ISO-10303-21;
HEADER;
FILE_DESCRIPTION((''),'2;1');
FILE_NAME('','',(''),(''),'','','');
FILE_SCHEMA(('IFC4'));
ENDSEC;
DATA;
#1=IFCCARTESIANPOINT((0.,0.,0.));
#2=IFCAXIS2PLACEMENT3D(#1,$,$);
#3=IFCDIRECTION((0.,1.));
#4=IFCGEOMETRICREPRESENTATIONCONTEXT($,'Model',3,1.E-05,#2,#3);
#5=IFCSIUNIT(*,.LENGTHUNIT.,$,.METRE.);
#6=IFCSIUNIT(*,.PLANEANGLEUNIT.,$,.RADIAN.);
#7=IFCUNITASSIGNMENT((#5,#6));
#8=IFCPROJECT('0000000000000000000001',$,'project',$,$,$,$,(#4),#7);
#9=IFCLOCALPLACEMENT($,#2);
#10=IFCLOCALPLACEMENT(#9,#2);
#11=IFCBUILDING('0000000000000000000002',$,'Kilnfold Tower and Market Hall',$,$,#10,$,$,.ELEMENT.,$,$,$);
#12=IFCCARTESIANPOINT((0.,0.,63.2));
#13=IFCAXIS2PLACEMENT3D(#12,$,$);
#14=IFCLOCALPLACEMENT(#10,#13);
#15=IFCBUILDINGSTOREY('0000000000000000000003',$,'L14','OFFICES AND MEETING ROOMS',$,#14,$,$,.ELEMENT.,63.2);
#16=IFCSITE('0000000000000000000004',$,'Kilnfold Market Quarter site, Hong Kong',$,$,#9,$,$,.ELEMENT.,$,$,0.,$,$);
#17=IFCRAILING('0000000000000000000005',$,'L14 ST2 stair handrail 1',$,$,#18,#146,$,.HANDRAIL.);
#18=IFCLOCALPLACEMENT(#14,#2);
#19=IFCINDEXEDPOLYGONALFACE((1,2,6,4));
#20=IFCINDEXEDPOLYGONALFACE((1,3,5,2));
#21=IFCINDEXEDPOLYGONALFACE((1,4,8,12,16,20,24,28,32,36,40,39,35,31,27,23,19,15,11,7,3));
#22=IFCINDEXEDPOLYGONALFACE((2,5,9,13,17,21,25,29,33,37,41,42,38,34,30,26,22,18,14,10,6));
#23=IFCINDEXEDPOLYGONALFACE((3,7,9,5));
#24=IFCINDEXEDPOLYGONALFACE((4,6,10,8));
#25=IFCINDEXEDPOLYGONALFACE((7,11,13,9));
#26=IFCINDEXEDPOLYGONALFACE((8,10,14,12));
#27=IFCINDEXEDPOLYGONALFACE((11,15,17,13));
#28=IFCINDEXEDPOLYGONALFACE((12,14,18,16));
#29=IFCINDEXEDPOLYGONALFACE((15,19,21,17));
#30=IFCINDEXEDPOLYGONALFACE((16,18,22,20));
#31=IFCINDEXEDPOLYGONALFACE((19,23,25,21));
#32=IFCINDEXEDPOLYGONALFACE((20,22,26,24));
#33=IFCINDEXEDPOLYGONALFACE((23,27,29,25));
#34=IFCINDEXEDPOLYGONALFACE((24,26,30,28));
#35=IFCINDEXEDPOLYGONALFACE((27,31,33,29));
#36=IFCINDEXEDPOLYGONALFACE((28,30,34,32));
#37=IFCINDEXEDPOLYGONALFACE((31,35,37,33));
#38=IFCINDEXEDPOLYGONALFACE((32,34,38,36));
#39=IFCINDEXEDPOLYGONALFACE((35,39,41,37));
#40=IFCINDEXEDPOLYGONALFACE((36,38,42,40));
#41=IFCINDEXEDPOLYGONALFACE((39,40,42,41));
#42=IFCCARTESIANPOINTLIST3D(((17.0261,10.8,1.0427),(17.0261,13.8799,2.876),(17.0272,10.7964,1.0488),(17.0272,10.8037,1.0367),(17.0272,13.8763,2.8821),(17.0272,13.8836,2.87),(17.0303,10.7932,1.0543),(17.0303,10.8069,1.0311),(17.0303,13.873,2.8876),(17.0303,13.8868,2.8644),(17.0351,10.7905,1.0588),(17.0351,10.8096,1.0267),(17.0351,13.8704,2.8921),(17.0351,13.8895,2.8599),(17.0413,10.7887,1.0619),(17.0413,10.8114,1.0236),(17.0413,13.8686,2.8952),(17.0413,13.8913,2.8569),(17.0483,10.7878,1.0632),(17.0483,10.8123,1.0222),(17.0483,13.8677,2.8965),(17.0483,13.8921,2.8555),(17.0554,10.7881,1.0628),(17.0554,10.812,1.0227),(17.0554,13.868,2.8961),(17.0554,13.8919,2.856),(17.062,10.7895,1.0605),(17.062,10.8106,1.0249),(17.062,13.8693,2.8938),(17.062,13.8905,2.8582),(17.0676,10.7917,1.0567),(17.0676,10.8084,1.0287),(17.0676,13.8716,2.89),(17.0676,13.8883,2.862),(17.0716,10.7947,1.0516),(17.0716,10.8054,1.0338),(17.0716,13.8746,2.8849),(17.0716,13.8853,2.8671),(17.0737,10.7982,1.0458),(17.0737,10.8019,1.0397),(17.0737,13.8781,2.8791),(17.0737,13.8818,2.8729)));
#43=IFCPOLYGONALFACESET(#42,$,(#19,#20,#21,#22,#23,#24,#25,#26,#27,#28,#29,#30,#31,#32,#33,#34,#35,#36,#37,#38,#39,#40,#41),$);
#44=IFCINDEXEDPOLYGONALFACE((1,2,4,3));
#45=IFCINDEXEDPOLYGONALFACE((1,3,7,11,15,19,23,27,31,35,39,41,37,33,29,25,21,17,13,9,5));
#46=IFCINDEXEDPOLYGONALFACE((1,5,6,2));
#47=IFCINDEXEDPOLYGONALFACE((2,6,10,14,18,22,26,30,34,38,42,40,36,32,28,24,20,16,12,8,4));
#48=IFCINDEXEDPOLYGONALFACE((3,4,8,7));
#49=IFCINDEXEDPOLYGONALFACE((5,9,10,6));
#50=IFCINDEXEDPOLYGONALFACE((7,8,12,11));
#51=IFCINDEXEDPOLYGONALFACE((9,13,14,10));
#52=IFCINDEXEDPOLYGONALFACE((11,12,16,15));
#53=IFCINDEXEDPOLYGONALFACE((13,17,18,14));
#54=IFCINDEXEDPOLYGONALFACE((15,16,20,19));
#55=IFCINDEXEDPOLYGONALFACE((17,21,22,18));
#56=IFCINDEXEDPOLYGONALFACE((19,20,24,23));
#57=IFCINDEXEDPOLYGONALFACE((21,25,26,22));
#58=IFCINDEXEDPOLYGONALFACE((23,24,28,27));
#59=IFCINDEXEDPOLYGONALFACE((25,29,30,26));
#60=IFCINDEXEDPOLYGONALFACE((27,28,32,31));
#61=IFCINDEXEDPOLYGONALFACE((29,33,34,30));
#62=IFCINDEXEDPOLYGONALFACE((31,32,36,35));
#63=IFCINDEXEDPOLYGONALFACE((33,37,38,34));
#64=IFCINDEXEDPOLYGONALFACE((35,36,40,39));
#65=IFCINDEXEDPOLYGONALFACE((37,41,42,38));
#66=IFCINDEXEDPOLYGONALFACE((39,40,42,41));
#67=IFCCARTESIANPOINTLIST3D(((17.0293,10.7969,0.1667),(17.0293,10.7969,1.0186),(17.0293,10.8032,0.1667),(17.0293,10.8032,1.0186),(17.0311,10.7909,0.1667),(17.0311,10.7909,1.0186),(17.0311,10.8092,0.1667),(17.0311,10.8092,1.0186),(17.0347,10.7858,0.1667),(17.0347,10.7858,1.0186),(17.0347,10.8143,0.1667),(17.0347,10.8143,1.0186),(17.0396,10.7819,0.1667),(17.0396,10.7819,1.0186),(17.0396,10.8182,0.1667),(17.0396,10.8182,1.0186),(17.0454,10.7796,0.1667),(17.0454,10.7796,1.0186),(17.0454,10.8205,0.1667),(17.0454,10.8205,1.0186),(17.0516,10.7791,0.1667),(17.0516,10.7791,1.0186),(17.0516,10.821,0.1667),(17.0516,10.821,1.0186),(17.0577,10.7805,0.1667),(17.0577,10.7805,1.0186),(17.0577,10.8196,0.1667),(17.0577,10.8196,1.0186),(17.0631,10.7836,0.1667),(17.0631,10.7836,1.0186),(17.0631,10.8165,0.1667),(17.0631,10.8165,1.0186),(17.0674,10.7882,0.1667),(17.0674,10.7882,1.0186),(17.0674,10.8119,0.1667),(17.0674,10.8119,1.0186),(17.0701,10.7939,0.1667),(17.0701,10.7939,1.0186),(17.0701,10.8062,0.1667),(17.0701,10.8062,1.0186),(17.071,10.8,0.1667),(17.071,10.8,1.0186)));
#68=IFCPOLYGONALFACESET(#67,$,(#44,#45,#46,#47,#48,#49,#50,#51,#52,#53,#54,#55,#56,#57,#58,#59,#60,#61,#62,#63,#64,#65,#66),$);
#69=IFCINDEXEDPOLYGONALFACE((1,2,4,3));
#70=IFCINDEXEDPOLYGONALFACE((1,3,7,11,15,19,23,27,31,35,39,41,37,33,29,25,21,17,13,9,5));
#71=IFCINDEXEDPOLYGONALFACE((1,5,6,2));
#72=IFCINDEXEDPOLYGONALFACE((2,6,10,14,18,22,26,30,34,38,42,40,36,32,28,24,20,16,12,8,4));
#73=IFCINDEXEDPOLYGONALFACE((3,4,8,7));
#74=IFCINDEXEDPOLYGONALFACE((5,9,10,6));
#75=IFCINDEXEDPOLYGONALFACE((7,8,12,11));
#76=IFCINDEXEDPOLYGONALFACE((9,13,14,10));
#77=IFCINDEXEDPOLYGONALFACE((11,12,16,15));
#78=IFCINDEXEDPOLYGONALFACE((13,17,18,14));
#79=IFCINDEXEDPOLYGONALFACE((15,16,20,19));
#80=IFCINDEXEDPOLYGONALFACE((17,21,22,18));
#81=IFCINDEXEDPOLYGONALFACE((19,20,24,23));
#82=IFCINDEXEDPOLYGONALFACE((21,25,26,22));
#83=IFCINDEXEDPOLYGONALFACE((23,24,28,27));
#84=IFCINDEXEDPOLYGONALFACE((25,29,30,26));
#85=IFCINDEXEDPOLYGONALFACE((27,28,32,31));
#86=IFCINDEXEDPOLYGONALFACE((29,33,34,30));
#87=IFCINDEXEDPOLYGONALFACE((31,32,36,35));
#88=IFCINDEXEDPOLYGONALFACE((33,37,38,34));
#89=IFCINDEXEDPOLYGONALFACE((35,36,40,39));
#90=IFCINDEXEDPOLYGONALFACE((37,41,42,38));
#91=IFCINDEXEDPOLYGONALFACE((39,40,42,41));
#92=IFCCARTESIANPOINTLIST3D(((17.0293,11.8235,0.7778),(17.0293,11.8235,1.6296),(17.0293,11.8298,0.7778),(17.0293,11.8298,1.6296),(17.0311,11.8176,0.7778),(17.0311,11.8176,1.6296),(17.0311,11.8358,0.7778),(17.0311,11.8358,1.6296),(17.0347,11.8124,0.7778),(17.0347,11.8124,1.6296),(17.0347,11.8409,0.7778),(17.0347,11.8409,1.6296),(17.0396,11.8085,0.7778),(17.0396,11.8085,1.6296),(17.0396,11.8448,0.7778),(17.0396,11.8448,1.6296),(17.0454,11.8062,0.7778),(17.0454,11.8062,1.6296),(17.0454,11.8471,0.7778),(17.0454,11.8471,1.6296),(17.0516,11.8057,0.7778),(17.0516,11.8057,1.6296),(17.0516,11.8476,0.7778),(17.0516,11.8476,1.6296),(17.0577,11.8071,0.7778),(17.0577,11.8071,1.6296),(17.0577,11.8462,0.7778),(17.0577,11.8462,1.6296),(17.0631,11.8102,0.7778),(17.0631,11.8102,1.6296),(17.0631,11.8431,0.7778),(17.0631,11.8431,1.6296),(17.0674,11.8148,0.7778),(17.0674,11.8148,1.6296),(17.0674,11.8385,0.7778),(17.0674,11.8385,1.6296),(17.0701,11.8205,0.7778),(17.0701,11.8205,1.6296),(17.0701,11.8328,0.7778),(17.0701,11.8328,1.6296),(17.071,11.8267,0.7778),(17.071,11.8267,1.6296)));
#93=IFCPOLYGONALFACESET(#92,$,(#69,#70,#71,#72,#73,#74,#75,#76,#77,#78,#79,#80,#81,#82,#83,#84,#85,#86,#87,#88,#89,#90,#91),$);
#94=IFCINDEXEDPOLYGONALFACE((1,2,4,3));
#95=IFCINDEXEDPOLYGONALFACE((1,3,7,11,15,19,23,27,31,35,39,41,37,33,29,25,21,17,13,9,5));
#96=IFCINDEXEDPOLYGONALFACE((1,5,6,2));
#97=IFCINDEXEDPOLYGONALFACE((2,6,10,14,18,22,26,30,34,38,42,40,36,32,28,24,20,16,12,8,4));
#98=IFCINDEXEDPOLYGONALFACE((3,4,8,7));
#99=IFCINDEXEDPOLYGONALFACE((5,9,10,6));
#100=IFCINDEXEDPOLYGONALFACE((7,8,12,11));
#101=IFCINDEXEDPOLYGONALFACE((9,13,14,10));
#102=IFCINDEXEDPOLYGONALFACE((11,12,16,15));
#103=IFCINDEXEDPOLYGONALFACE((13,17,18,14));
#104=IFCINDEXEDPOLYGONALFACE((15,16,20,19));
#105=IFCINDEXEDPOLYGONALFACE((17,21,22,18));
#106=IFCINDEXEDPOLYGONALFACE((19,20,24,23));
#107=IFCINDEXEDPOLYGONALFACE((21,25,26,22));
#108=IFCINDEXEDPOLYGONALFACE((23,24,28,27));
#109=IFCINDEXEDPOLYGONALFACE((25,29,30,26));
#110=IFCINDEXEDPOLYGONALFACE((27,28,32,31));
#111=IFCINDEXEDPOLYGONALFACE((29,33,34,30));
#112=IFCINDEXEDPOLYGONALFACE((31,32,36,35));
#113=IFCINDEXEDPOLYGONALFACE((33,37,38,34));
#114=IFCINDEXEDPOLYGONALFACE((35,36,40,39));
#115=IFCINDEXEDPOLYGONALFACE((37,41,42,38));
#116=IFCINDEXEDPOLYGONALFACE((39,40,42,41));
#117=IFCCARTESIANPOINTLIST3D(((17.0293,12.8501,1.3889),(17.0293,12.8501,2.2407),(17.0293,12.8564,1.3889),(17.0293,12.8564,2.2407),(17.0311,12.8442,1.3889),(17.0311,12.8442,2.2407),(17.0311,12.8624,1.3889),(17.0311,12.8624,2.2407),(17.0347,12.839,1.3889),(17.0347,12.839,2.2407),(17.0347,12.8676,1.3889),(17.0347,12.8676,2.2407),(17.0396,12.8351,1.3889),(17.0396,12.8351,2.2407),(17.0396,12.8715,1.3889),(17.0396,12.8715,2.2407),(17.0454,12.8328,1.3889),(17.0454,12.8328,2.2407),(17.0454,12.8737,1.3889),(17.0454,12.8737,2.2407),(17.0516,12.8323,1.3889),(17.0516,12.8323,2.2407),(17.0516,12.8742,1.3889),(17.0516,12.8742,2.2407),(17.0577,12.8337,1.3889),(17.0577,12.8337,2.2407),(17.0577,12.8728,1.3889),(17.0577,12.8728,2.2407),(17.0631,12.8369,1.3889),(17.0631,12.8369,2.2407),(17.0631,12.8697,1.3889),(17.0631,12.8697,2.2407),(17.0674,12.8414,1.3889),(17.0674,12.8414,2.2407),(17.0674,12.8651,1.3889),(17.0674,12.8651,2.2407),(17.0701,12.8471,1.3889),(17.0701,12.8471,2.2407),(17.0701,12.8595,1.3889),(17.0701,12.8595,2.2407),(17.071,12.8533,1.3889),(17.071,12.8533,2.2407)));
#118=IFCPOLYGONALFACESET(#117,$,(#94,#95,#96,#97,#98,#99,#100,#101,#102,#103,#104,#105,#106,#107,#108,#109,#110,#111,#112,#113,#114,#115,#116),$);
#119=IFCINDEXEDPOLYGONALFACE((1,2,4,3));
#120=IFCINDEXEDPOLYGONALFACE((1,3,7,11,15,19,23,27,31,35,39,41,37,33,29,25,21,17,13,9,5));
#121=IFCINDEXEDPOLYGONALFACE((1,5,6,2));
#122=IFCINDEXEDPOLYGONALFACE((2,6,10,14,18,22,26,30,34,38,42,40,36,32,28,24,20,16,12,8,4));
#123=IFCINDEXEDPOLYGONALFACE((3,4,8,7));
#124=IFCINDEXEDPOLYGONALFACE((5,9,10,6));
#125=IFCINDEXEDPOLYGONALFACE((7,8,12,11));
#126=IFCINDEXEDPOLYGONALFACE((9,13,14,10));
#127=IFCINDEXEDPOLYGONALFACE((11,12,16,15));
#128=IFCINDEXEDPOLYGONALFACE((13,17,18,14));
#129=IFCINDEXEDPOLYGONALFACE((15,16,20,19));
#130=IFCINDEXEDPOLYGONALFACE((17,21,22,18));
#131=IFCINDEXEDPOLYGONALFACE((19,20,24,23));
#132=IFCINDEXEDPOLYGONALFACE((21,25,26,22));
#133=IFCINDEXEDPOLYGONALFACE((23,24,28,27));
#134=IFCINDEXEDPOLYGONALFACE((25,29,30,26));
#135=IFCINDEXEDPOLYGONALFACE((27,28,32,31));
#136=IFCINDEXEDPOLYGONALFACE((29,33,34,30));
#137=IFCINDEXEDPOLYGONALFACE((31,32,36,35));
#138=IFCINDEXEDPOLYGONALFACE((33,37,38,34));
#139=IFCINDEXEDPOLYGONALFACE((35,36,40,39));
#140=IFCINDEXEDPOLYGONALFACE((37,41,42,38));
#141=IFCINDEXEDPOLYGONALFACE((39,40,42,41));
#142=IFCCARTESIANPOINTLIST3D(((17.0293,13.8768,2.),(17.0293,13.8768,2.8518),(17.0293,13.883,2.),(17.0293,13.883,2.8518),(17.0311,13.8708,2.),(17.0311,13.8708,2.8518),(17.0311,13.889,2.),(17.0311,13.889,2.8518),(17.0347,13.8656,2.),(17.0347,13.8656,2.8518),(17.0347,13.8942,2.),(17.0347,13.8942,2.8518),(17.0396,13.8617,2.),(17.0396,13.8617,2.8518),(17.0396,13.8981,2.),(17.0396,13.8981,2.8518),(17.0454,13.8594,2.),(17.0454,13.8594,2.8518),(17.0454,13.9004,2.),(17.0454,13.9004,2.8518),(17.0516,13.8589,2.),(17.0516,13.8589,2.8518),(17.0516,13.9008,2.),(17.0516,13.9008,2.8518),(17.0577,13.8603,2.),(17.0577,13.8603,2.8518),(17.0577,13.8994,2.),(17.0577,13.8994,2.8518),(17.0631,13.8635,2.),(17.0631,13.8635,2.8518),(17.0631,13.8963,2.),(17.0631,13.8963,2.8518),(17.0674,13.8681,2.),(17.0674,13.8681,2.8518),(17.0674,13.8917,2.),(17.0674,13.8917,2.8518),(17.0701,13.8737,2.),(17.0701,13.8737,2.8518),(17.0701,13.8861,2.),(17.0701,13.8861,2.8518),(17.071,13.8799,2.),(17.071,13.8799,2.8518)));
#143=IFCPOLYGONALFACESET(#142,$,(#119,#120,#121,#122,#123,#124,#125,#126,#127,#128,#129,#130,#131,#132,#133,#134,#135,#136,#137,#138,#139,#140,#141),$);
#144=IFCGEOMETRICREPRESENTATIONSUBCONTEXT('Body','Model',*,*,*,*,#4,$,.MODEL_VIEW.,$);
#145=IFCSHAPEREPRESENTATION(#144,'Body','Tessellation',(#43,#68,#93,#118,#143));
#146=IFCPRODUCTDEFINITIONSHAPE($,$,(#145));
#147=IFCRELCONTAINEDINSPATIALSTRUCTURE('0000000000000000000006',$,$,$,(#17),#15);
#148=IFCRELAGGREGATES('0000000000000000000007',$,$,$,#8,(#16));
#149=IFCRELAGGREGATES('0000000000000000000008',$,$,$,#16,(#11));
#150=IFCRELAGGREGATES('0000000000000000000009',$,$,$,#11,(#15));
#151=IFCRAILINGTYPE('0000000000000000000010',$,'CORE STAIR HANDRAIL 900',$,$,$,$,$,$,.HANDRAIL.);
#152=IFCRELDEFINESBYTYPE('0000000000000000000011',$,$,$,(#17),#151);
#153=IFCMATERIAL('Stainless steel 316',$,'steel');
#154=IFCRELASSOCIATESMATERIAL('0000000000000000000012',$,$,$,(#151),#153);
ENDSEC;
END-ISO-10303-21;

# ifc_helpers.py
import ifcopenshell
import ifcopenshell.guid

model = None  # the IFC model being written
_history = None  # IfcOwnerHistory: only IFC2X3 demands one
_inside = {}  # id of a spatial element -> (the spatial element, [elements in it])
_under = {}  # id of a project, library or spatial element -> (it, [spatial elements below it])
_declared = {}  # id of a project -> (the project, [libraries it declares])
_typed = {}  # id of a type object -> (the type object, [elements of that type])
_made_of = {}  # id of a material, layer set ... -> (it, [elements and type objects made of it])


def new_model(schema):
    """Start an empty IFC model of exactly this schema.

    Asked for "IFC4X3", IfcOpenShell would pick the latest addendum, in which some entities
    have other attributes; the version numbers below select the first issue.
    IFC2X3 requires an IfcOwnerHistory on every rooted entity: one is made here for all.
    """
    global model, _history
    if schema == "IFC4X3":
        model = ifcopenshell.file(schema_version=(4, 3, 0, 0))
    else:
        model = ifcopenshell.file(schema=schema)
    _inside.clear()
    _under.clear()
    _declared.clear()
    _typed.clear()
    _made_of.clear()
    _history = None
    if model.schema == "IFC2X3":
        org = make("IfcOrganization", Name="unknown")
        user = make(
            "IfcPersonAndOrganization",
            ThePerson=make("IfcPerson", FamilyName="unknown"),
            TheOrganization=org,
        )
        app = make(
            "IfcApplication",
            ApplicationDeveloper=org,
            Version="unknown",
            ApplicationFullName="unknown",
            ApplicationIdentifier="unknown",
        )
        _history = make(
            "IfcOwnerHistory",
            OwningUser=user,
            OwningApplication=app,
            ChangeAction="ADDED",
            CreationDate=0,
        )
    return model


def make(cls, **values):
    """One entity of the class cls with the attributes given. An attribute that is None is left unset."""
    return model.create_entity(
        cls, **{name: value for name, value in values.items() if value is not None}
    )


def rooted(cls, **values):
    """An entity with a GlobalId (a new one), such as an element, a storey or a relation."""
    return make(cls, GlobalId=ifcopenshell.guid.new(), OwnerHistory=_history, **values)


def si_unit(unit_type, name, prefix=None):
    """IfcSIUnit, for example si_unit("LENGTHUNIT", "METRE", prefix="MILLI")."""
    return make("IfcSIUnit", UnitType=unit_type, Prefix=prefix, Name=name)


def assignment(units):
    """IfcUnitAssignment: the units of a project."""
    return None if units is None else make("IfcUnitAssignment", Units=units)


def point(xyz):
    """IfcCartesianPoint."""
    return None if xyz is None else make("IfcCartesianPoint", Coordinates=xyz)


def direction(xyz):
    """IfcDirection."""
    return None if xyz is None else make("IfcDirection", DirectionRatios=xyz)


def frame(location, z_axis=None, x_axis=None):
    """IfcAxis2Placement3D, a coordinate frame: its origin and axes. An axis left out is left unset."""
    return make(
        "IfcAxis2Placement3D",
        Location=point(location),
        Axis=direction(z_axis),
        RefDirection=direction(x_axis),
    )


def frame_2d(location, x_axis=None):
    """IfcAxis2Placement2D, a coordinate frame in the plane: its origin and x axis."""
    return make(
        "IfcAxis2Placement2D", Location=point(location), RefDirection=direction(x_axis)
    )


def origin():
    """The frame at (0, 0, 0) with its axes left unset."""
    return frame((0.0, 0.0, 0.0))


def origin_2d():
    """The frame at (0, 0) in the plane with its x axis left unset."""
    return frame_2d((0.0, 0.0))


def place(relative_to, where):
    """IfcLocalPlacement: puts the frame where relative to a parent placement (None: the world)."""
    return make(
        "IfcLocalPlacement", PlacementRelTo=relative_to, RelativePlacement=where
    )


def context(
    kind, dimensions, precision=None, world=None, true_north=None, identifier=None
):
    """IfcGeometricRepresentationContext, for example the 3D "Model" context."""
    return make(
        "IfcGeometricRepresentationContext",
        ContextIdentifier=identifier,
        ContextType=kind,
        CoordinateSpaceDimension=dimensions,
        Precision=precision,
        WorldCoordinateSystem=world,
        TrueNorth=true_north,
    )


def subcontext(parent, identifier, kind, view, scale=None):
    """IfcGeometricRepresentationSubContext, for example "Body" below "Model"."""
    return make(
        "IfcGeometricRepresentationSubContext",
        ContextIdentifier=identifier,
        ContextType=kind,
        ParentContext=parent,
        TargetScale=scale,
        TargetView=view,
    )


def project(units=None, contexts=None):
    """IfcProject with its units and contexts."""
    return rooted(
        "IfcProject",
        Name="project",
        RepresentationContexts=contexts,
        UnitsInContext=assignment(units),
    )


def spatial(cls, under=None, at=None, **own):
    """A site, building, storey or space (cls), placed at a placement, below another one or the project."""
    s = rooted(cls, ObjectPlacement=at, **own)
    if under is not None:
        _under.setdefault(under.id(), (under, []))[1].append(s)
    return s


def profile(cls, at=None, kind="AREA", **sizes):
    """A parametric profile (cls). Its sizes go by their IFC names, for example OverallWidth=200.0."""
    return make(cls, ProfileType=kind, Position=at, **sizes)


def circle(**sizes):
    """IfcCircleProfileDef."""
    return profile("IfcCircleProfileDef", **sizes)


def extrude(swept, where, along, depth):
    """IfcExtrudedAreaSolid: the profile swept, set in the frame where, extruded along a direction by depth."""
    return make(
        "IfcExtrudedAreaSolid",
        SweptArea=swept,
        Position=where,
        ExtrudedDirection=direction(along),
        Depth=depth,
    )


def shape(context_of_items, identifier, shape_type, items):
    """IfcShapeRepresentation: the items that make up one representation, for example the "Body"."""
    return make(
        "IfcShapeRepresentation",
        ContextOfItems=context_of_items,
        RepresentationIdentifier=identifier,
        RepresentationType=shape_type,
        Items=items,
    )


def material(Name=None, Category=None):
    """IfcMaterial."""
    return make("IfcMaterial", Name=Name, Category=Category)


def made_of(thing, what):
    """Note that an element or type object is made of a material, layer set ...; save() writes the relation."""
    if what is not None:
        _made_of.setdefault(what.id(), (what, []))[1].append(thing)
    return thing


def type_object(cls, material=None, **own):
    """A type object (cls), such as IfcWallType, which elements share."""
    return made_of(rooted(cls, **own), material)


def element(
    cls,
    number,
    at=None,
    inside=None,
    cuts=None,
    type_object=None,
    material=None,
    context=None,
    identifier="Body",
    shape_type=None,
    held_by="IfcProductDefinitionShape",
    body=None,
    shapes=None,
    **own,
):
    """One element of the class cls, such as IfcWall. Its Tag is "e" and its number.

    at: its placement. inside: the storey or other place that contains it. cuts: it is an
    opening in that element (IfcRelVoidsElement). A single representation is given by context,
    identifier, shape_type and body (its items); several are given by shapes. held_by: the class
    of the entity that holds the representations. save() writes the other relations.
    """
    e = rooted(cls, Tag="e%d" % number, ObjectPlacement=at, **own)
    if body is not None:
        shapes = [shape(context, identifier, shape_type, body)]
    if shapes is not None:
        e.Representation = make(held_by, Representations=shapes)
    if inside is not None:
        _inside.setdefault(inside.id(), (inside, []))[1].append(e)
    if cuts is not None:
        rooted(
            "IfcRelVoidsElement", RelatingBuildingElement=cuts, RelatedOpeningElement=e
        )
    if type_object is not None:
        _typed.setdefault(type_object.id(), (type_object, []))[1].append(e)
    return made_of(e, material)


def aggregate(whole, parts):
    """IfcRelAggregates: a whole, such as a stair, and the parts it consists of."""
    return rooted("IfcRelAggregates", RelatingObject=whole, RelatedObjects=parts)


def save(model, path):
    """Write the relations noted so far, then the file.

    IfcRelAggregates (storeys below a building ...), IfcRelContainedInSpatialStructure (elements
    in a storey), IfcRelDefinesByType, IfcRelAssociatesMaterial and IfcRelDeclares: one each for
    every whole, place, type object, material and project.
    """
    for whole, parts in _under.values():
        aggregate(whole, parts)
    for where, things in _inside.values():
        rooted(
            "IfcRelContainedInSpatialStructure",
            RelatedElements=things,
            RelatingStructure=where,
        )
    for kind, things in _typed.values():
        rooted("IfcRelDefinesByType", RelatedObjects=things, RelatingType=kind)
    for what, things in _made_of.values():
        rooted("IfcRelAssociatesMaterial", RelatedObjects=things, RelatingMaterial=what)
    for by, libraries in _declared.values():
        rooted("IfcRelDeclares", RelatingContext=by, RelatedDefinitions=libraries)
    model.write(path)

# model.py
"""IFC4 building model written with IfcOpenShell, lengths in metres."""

from ifc_helpers import new_model, si_unit, direction, frame, origin, origin_2d, place, context, subcontext, project, spatial, circle, extrude, material, type_object, element, save


model = new_model("IFC4")

# Units and contexts
model_context = context("Model", 3, precision=1e-05, world=origin(), true_north=direction((0.0, 1.0)))
body_context = subcontext(model_context, "Body", "Model", "MODEL_VIEW")
ifc_project = project(units=[si_unit("LENGTHUNIT", "METRE"), si_unit("PLANEANGLEUNIT", "RADIAN")], contexts=[model_context])

# Site, building, storey
site_placement = place(None, origin())
site = spatial("IfcSite", under=ifc_project, at=site_placement, Name="Kilnfold Market Quarter site, Hong Kong", CompositionType="ELEMENT", RefElevation=0.0)
building_placement = place(site_placement, origin())
building = spatial("IfcBuilding", under=site, at=building_placement, Name="Kilnfold Tower and Market Hall", CompositionType="ELEMENT")
storey_placement = place(building_placement, frame((0.0, 0.0, 63.2)))
storey = spatial("IfcBuildingStorey", under=building, at=storey_placement, Name="L14", Description="OFFICES AND MEETING ROOMS", CompositionType="ELEMENT", Elevation=63.2)

# Railing
ifc_material_1 = material(Name="Stainless steel 316", Category="steel")
railing_type = type_object("IfcRailingType", Name="CORE STAIR HANDRAIL 900", PredefinedType="HANDRAIL", material=ifc_material_1)
railing_1_placement = place(storey_placement, frame((17.05, 10.8, 0.1667)))
element("IfcRailing", 1, at=railing_1_placement, inside=storey, type_object=railing_type, Name="L14 ST2 stair handrail 1", PredefinedType="HANDRAIL", context=body_context, shape_type="SweptSolid", body=[
    extrude(circle(Radius=0.0239, at=origin_2d()), frame((0.0, 0.0, 0.876), z_axis=(0.0, 0.859291, 0.511487), x_axis=(-1.0, 0.0, 0.0)), (0.0, 0.0, 1.0), 3.5842),
    extrude(circle(Radius=0.021, at=origin_2d()), origin(), (0.0, 0.0, 1.0), 0.8518),
    extrude(circle(Radius=0.021, at=origin_2d()), frame((0.0, 1.0266, 0.6111)), (0.0, 0.0, 1.0), 0.8518),
    extrude(circle(Radius=0.021, at=origin_2d()), frame((0.0, 2.0532, 1.2222)), (0.0, 0.0, 1.0), 0.8518),
    extrude(circle(Radius=0.021, at=origin_2d()), frame((0.0, 3.0798, 1.8333)), (0.0, 0.0, 1.0), 0.8518),
])

save(model, "model.ifc")
